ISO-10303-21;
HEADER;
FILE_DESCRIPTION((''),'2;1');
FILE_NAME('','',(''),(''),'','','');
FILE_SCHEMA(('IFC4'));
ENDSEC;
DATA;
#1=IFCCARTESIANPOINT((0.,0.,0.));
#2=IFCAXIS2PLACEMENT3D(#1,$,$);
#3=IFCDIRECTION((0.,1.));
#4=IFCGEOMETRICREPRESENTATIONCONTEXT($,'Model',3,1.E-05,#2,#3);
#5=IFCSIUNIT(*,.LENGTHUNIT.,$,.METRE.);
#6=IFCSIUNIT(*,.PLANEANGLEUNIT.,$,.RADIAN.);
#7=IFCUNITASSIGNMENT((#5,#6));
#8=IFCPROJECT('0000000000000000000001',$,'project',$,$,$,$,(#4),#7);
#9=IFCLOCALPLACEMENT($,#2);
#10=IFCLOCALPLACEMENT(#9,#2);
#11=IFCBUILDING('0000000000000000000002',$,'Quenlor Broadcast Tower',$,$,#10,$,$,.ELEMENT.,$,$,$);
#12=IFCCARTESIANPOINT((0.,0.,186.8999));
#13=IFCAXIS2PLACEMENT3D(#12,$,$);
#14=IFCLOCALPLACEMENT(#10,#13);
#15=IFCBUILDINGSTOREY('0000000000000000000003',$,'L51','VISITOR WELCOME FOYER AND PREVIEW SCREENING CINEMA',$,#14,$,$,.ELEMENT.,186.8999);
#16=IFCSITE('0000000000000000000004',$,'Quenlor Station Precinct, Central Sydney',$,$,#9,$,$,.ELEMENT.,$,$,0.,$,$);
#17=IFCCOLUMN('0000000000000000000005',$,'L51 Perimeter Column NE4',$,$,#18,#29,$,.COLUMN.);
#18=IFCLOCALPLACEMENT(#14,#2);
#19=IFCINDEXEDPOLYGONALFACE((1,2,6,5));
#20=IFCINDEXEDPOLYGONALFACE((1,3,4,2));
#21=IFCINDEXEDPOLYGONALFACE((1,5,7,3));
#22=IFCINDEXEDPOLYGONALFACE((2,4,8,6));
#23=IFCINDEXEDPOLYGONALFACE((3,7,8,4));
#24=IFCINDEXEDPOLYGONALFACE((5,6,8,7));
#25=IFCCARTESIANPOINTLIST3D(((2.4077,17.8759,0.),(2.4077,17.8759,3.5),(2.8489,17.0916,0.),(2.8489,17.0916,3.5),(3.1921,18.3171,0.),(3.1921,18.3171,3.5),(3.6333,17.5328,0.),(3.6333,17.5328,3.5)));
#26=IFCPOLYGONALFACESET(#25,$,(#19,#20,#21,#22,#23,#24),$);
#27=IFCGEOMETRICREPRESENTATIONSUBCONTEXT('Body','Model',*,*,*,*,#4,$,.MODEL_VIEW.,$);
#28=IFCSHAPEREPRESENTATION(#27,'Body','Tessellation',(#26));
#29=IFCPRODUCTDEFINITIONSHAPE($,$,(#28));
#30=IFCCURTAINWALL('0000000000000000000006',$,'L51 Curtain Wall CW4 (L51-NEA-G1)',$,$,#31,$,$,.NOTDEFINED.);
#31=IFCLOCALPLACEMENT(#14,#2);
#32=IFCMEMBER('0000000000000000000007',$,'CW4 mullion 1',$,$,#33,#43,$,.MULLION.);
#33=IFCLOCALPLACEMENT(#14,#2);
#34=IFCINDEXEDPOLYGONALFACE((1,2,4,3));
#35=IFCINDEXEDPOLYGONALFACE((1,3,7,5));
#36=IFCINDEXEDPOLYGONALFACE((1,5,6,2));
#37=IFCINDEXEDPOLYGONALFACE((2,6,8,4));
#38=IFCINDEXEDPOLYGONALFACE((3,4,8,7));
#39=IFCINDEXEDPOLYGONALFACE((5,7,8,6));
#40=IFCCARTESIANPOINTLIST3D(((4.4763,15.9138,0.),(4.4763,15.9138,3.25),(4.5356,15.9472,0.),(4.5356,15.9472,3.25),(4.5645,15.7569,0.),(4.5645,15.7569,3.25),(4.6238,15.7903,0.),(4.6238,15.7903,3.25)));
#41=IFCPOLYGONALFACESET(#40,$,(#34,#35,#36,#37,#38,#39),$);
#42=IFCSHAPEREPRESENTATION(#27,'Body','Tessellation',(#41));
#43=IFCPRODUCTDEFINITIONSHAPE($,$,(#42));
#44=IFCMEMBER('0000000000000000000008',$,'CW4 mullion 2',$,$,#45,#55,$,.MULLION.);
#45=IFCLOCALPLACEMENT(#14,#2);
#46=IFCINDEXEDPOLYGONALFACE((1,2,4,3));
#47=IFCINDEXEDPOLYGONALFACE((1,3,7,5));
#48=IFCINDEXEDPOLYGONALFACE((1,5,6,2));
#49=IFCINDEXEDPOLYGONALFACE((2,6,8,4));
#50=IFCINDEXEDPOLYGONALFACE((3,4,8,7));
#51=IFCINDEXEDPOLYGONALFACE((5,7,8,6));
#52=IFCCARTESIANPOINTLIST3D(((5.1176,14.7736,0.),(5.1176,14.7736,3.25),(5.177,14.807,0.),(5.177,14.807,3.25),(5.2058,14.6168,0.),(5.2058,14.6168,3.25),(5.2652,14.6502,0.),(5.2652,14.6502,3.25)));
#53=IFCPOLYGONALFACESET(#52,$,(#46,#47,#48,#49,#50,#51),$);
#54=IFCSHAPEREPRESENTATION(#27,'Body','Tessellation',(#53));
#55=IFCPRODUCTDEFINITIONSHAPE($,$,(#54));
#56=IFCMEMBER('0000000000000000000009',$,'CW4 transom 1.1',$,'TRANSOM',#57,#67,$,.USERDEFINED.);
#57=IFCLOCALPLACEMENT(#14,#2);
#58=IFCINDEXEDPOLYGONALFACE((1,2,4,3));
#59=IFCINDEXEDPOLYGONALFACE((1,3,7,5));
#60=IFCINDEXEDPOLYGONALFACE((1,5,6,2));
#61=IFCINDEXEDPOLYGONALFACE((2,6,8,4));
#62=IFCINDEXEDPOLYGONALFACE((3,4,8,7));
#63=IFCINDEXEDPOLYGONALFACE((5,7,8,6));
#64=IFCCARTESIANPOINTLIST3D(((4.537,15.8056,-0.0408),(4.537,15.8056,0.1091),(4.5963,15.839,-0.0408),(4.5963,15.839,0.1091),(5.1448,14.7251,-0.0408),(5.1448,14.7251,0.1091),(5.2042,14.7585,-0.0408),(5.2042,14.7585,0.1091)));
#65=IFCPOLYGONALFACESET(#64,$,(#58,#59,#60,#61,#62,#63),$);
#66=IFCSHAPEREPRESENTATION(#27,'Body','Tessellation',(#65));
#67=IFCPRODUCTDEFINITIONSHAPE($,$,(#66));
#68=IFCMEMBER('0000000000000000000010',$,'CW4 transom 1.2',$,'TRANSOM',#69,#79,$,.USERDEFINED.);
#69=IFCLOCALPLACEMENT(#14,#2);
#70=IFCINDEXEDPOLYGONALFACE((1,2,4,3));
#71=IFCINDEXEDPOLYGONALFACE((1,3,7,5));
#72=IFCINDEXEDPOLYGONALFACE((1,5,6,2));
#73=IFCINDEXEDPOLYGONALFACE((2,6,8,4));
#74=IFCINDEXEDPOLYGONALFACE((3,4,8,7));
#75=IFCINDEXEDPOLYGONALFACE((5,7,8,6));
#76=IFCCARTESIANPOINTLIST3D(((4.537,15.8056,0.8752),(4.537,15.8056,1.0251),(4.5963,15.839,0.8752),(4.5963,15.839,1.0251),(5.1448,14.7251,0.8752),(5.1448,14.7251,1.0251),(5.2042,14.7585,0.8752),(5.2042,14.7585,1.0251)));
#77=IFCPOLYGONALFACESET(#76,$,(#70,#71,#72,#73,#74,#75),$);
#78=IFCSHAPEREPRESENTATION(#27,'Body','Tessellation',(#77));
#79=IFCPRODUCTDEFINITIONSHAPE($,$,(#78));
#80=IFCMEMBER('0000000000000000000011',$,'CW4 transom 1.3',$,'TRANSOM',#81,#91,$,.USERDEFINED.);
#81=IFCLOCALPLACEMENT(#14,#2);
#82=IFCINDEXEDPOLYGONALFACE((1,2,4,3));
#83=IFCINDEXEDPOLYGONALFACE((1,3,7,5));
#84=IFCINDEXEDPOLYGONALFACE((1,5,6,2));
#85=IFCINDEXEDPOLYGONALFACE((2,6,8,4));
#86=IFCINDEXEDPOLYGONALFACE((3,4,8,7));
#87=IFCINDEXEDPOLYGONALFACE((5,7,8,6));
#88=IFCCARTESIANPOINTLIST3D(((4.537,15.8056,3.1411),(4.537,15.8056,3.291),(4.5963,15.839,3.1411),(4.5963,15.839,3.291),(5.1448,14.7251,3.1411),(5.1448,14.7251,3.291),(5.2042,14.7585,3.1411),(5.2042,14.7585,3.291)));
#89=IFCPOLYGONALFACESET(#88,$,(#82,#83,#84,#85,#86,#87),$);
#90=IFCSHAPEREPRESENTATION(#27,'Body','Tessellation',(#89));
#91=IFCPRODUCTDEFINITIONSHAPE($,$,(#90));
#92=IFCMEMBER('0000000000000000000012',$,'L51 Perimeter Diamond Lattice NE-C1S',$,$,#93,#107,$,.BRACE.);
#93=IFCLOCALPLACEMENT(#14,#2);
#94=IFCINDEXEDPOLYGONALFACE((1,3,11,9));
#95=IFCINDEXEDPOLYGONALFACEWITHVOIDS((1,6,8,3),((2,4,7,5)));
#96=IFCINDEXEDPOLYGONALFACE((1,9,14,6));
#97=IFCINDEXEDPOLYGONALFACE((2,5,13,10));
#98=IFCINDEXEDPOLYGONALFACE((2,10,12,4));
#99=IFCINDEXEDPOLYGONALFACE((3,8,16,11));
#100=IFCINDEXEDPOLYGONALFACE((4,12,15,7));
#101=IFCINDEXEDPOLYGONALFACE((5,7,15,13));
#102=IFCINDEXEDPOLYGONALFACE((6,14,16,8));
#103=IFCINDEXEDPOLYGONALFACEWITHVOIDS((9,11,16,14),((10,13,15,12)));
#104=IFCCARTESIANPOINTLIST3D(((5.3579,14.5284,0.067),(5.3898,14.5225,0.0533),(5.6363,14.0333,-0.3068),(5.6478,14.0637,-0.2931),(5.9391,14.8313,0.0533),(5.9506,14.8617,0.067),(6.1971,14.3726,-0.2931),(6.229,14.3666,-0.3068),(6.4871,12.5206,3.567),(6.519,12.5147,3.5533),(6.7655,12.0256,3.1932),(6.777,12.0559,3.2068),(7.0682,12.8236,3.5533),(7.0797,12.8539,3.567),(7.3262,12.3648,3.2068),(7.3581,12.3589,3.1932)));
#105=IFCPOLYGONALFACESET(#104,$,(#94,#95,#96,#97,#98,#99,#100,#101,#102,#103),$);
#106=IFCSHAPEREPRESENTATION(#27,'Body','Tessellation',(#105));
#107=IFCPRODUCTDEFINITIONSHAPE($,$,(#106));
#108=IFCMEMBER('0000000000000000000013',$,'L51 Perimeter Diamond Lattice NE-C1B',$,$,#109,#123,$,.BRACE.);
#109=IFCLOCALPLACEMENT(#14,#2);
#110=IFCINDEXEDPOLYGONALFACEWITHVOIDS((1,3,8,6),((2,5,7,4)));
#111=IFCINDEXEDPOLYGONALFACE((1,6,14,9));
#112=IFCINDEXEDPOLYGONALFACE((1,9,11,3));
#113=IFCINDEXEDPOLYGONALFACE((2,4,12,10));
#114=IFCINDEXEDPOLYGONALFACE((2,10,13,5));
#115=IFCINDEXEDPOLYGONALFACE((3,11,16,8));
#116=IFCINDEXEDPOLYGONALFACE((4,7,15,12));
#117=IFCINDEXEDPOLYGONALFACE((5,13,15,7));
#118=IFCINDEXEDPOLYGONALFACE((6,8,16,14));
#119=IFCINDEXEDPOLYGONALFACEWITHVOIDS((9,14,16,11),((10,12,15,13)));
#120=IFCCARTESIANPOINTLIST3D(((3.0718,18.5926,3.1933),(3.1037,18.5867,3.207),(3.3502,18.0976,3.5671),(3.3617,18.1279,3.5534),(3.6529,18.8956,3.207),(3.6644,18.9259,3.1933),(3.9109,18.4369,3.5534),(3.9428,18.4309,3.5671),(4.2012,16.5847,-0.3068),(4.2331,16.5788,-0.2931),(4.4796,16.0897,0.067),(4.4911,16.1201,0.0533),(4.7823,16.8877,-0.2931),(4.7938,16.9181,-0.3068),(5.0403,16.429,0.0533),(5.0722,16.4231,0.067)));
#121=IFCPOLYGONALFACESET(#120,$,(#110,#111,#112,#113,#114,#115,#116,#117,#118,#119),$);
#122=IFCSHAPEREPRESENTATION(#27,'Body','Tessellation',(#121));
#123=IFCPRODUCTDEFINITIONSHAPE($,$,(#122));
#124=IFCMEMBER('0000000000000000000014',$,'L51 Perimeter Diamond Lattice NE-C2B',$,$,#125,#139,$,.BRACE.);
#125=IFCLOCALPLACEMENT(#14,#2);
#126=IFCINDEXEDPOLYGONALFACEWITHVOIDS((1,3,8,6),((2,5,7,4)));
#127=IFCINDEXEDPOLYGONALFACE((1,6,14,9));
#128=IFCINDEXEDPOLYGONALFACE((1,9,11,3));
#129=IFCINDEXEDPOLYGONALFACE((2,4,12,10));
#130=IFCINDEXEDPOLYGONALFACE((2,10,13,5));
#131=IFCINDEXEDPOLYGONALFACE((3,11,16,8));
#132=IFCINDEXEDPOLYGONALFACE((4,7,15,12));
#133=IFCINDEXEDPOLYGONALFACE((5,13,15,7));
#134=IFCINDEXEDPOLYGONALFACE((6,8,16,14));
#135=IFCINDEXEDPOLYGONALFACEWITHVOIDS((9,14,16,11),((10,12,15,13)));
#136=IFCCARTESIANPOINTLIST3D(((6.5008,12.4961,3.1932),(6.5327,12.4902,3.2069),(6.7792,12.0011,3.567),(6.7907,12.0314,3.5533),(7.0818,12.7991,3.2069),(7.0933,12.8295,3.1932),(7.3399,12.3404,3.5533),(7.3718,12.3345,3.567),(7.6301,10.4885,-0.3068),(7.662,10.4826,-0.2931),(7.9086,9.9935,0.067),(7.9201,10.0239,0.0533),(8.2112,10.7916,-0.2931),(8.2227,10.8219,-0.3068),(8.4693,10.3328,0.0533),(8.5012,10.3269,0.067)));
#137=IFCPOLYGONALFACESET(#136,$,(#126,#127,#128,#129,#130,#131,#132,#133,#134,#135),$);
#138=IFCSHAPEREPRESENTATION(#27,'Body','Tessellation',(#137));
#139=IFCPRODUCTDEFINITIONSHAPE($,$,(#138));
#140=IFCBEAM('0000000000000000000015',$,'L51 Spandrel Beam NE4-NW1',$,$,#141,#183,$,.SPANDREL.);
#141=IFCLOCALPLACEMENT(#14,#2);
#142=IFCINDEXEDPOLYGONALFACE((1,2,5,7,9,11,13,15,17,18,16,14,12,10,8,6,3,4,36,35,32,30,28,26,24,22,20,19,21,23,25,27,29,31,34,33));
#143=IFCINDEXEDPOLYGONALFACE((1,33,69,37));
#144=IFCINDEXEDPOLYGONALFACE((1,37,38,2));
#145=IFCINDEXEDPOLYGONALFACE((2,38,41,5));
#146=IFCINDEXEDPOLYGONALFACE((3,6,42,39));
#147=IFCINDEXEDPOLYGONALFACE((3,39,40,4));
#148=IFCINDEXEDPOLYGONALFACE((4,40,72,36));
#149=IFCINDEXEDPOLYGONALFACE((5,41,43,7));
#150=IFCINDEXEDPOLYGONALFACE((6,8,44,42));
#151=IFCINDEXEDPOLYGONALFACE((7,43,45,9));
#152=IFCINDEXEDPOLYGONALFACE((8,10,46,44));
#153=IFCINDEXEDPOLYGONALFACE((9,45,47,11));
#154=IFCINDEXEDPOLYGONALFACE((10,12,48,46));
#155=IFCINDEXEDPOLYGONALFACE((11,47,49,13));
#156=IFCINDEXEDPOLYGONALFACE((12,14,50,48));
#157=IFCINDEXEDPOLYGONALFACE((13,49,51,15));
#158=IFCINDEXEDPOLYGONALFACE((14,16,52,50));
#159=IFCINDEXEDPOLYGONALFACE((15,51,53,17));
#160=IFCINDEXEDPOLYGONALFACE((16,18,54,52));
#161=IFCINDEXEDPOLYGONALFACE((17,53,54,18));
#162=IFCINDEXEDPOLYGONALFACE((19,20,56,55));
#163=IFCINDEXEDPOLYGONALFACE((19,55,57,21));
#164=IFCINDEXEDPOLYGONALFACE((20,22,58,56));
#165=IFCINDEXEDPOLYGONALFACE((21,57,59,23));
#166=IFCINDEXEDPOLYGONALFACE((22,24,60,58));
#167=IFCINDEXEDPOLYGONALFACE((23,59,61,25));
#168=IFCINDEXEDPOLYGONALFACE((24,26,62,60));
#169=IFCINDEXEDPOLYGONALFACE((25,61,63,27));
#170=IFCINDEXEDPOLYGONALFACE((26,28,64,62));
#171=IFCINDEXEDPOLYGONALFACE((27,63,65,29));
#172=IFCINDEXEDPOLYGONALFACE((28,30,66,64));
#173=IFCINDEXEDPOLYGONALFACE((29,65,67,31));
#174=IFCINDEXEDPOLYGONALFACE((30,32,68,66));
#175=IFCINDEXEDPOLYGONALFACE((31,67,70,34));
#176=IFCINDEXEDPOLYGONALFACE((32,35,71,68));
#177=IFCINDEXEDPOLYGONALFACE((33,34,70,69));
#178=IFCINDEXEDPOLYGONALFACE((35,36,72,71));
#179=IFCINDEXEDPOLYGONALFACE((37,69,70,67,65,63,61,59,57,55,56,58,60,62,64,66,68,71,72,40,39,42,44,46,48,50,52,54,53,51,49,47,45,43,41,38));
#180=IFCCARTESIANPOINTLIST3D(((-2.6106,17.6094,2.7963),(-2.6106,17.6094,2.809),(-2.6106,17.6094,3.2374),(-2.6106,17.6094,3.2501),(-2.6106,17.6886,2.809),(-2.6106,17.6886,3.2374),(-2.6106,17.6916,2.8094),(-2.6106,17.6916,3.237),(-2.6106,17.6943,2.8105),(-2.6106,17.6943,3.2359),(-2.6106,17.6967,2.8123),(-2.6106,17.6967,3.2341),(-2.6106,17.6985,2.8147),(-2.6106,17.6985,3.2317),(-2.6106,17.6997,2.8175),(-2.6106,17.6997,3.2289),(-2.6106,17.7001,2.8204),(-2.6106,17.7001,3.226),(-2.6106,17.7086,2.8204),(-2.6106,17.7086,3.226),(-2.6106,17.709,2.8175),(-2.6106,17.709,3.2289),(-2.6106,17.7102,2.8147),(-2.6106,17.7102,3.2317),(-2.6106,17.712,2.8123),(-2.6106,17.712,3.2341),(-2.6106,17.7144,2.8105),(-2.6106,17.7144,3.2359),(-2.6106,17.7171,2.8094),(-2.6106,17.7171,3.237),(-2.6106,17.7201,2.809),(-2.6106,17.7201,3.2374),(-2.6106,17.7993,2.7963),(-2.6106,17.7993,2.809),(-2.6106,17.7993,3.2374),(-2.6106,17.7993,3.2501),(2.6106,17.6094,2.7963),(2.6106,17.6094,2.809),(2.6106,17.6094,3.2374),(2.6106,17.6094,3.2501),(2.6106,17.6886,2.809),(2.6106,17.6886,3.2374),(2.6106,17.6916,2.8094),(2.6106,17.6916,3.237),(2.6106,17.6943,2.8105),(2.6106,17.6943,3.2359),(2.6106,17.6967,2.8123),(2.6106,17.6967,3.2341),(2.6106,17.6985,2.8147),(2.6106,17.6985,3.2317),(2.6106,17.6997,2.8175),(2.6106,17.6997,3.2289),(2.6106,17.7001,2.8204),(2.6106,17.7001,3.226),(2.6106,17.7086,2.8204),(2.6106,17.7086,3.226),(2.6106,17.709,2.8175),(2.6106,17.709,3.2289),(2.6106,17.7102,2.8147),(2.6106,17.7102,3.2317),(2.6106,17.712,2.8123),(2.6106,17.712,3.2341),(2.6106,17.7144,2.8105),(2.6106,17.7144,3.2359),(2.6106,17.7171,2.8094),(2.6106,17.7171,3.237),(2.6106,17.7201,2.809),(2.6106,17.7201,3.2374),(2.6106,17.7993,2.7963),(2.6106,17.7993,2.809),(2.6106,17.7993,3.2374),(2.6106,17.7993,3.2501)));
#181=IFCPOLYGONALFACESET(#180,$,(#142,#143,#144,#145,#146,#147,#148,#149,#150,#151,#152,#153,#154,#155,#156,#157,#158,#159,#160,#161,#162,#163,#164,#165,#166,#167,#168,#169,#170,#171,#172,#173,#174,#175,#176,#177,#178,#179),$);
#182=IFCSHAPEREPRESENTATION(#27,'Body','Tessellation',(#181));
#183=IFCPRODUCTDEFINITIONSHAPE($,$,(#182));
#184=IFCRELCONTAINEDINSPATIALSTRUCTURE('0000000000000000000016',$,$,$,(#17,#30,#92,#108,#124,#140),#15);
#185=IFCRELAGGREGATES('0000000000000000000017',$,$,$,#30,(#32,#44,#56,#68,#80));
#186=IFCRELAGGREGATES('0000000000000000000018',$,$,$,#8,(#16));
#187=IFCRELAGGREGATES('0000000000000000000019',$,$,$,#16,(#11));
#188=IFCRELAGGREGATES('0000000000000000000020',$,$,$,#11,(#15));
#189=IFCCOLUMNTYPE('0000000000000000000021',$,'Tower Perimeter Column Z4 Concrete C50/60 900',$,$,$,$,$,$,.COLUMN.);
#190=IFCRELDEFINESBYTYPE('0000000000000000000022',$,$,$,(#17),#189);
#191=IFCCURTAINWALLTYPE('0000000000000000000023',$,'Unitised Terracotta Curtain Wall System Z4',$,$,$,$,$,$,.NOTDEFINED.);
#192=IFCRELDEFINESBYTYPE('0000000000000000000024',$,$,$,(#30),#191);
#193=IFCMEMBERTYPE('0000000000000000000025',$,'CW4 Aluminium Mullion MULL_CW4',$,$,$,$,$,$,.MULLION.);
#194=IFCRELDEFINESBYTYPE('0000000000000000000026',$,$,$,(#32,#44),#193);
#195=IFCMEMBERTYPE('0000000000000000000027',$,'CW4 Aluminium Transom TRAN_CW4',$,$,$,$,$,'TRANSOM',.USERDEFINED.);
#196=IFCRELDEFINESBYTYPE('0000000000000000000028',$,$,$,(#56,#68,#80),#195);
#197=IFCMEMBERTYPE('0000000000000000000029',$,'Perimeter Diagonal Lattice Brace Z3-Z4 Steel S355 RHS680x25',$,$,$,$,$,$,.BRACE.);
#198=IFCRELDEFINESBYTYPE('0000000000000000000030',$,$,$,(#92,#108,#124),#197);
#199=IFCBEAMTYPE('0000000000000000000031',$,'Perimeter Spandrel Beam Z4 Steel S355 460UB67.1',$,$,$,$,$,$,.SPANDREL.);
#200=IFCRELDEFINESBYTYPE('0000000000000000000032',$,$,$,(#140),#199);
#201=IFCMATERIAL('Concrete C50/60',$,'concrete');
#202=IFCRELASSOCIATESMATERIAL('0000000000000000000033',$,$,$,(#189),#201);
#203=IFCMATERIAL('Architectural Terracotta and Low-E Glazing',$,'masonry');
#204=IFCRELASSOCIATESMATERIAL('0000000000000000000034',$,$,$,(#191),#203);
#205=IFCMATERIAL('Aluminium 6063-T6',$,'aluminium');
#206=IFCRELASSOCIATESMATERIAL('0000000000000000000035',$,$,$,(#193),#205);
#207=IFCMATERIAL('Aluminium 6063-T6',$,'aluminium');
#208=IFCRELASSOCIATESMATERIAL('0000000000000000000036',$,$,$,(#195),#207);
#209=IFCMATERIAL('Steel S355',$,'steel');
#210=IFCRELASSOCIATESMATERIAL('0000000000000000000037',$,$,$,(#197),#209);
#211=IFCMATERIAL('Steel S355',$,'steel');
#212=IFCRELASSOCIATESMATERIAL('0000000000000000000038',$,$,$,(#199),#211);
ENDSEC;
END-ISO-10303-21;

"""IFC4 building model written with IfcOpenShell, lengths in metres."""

from ifc_helpers import new_model, si_unit, direction, frame, origin, origin_2d, place, context, subcontext, project, spatial, rectangle, hollow_rectangle, i_section, extrude, material, material_profile, profile_set, type_object, element, aggregate, save


model = new_model("IFC4")

# Units and contexts
model_context = context("Model", 3, precision=1e-05, world=origin(), true_north=direction((0.0, 1.0)))
body_context = subcontext(model_context, "Body", "Model", "MODEL_VIEW")
ifc_project = project(units=[si_unit("LENGTHUNIT", "METRE"), si_unit("PLANEANGLEUNIT", "RADIAN")], contexts=[model_context])

# Site, building, storey
site_placement = place(None, origin())
site = spatial("IfcSite", under=ifc_project, at=site_placement, Name="Quenlor Station Precinct, Central Sydney", CompositionType="ELEMENT", RefElevation=0.0)
building_placement = place(site_placement, origin())
building = spatial("IfcBuilding", under=site, at=building_placement, Name="Quenlor Broadcast Tower", CompositionType="ELEMENT")
storey_placement = place(building_placement, frame((0.0, 0.0, 186.8999)))
storey = spatial("IfcBuildingStorey", under=building, at=storey_placement, Name="L51", Description="VISITOR WELCOME FOYER AND PREVIEW SCREENING CINEMA", CompositionType="ELEMENT", Elevation=186.8999)

# Column
ifc_material_1 = material(Name="Concrete C50/60", Category="concrete")
ifc_material_profile_1 = material_profile(ifc_material_1, rectangle(XDim=0.8999, YDim=0.8999, at=origin_2d()))
ifc_profile_set_1 = profile_set([ifc_material_profile_1], Name="Concrete C50/60 RC900x900")
column_type = type_object("IfcColumnType", Name="Tower Perimeter Column Z4 Concrete C50/60 900", PredefinedType="COLUMN", material=ifc_profile_set_1)
column_placement = place(storey_placement, frame((3.0205, 17.7043, 0.0), z_axis=(0.0, 0.0, 1.0), x_axis=(0.871575, 0.490262, 0.0)))
element("IfcColumn", 1, at=column_placement, inside=storey, type_object=column_type, Name="L51 Perimeter Column NE4", PredefinedType="COLUMN", context=body_context, shape_type="SweptSolid", body=[
    extrude(rectangle(XDim=0.8999, YDim=0.8999, at=origin_2d()), origin(), (0.0, 0.0, 1.0), 3.5),
])

# Curtain wall, members
ifc_material_2 = material(Name="Architectural Terracotta and Low-E Glazing", Category="masonry")
curtain_wall_type = type_object("IfcCurtainWallType", Name="Unitised Terracotta Curtain Wall System Z4", PredefinedType="NOTDEFINED", material=ifc_material_2)
curtain_wall_placement = place(storey_placement, origin())
curtain_wall = element("IfcCurtainWall", 2, at=curtain_wall_placement, inside=storey, type_object=curtain_wall_type, Name="L51 Curtain Wall CW4 (L51-NEA-G1)", PredefinedType="NOTDEFINED")
ifc_material_3 = material(Name="Aluminium 6063-T6", Category="aluminium")
ifc_material_profile_2 = material_profile(ifc_material_3, rectangle(XDim=0.0681, YDim=0.1799, at=origin_2d()))
ifc_profile_set_2 = profile_set([ifc_material_profile_2], Name="Aluminium 6063-T6 MULL68x180")
member_type_1 = type_object("IfcMemberType", Name="CW4 Aluminium Mullion MULL_CW4", PredefinedType="MULLION", material=ifc_profile_set_2)
member_1_placement = place(storey_placement, frame((4.55, 15.8521, 0.0), z_axis=(0.0, 0.0, 1.0), x_axis=(0.87156, 0.490289, 0.0)))
member_1 = element("IfcMember", 3, at=member_1_placement, type_object=member_type_1, Name="CW4 mullion 1", PredefinedType="MULLION", context=body_context, shape_type="SweptSolid", body=[
    extrude(rectangle(XDim=0.0681, YDim=0.1799, at=origin_2d()), origin(), (0.0, 0.0, 1.0), 3.25),
])
member_2_placement = place(storey_placement, frame((5.1914, 14.7119, 0.0), z_axis=(0.0, 0.0, 1.0), x_axis=(0.87156, 0.490289, 0.0)))
member_2 = element("IfcMember", 4, at=member_2_placement, type_object=member_type_1, Name="CW4 mullion 2", PredefinedType="MULLION", context=body_context, shape_type="SweptSolid", body=[
    extrude(rectangle(XDim=0.0681, YDim=0.1799, at=origin_2d()), origin(), (0.0, 0.0, 1.0), 3.25),
])
ifc_material_4 = material(Name="Aluminium 6063-T6", Category="aluminium")
ifc_material_profile_3 = material_profile(ifc_material_4, rectangle(XDim=0.0681, YDim=0.1499, at=origin_2d()))
ifc_profile_set_3 = profile_set([ifc_material_profile_3], Name="Aluminium 6063-T6 TRAN68x150")
member_type_2 = type_object("IfcMemberType", Name="CW4 Aluminium Transom TRAN_CW4", ElementType="TRANSOM", PredefinedType="USERDEFINED", material=ifc_profile_set_3)
member_3_placement = place(storey_placement, frame((4.5667, 15.8223, 0.0342), z_axis=(0.490317, -0.871544, 0.0), x_axis=(0.871544, 0.490317, 0.0)))
member_3 = element("IfcMember", 5, at=member_3_placement, type_object=member_type_2, Name="CW4 transom 1.1", ObjectType="TRANSOM", PredefinedType="USERDEFINED", context=body_context, shape_type="SweptSolid", body=[
    extrude(rectangle(XDim=0.0681, YDim=0.1499, at=origin_2d()), origin(), (0.0, 0.0, 1.0), 1.2397),
])
member_4_placement = place(storey_placement, frame((4.5667, 15.8223, 0.9502), z_axis=(0.490317, -0.871544, 0.0), x_axis=(0.871544, 0.490317, 0.0)))
member_4 = element("IfcMember", 6, at=member_4_placement, type_object=member_type_2, Name="CW4 transom 1.2", ObjectType="TRANSOM", PredefinedType="USERDEFINED", context=body_context, shape_type="SweptSolid", body=[
    extrude(rectangle(XDim=0.0681, YDim=0.1499, at=origin_2d()), origin(), (0.0, 0.0, 1.0), 1.2397),
])
member_5_placement = place(storey_placement, frame((4.5667, 15.8223, 3.2161), z_axis=(0.490317, -0.871544, 0.0), x_axis=(0.871544, 0.490317, 0.0)))
member_5 = element("IfcMember", 7, at=member_5_placement, type_object=member_type_2, Name="CW4 transom 1.3", ObjectType="TRANSOM", PredefinedType="USERDEFINED", context=body_context, shape_type="SweptSolid", body=[
    extrude(rectangle(XDim=0.0681, YDim=0.1499, at=origin_2d()), origin(), (0.0, 0.0, 1.0), 1.2397),
])

# Members
ifc_material_5 = material(Name="Steel S355", Category="steel")
ifc_material_profile_4 = material_profile(ifc_material_5, hollow_rectangle(XDim=0.6799, YDim=0.6799, WallThickness=0.0249, at=origin_2d()))
ifc_profile_set_4 = profile_set([ifc_material_profile_4], Name="Steel S355 RHS680x680x25")
member_type_3 = type_object("IfcMemberType", Name="Perimeter Diagonal Lattice Brace Z3-Z4 Steel S355 RHS680x25", PredefinedType="BRACE", material=ifc_profile_set_4)
member_6_placement = place(storey_placement, frame((5.7935, 14.4475, -0.1199), z_axis=(0.269485, -0.479189, 0.835318), x_axis=(0.871621, 0.490181, 0.0)))
element("IfcMember", 8, at=member_6_placement, inside=storey, type_object=member_type_3, Name="L51 Perimeter Diamond Lattice NE-C1S", PredefinedType="BRACE", context=body_context, shape_type="SweptSolid", body=[
    extrude(hollow_rectangle(XDim=0.6799, YDim=0.6799, WallThickness=0.0249, at=origin_2d()), origin(), (0.0, 0.0, 1.0), 4.1899),
])
member_7_placement = place(storey_placement, frame((4.6367, 16.5039, -0.1199), z_axis=(-0.26954, 0.479181, 0.835305), x_axis=(-0.871576, -0.490261, 0.0)))
element("IfcMember", 9, at=member_7_placement, inside=storey, type_object=member_type_3, Name="L51 Perimeter Diamond Lattice NE-C1B", PredefinedType="BRACE", context=body_context, shape_type="SweptSolid", body=[
    extrude(hollow_rectangle(XDim=0.6799, YDim=0.6799, WallThickness=0.0249, at=origin_2d()), origin(), (0.0, 0.0, 1.0), 4.1902),
])
member_8_placement = place(storey_placement, frame((8.0657, 10.4077, -0.1199), z_axis=(-0.269547, 0.479136, 0.835328), x_axis=(-0.87155, -0.490307, 0.0)))
element("IfcMember", 10, at=member_8_placement, inside=storey, type_object=member_type_3, Name="L51 Perimeter Diamond Lattice NE-C2B", PredefinedType="BRACE", context=body_context, shape_type="SweptSolid", body=[
    extrude(hollow_rectangle(XDim=0.6799, YDim=0.6799, WallThickness=0.0249, at=origin_2d()), origin(), (0.0, 0.0, 1.0), 4.1899),
])

# Beam
ifc_material_6 = material(Name="Steel S355", Category="steel")
ifc_material_profile_5 = material_profile(ifc_material_6, i_section(OverallWidth=0.1899, OverallDepth=0.4539, WebThickness=0.0085, FlangeThickness=0.0127, FilletRadius=0.0115, at=origin_2d()))
ifc_profile_set_5 = profile_set([ifc_material_profile_5], Name="Steel S355 460UB67.1")
beam_type_1 = type_object("IfcBeamType", Name="Perimeter Spandrel Beam Z4 Steel S355 460UB67.1", PredefinedType="SPANDREL", material=ifc_profile_set_5)
beam_1_placement = place(storey_placement, frame((2.6106, 17.7043, 3.0232), z_axis=(-1.0, 0.0, 0.0), x_axis=(0.0, -1.0, 0.0)))
element("IfcBeam", 11, at=beam_1_placement, inside=storey, type_object=beam_type_1, Name="L51 Spandrel Beam NE4-NW1", PredefinedType="SPANDREL", context=body_context, shape_type="SweptSolid", body=[
    extrude(i_section(OverallWidth=0.1899, OverallDepth=0.4539, WebThickness=0.0085, FlangeThickness=0.0127, FilletRadius=0.0115, at=origin_2d()), origin(), (0.0, 0.0, 1.0), 5.2212),
])

aggregate(curtain_wall, [member_1, member_2, member_3, member_4, member_5])

save(model, "model.ifc")
